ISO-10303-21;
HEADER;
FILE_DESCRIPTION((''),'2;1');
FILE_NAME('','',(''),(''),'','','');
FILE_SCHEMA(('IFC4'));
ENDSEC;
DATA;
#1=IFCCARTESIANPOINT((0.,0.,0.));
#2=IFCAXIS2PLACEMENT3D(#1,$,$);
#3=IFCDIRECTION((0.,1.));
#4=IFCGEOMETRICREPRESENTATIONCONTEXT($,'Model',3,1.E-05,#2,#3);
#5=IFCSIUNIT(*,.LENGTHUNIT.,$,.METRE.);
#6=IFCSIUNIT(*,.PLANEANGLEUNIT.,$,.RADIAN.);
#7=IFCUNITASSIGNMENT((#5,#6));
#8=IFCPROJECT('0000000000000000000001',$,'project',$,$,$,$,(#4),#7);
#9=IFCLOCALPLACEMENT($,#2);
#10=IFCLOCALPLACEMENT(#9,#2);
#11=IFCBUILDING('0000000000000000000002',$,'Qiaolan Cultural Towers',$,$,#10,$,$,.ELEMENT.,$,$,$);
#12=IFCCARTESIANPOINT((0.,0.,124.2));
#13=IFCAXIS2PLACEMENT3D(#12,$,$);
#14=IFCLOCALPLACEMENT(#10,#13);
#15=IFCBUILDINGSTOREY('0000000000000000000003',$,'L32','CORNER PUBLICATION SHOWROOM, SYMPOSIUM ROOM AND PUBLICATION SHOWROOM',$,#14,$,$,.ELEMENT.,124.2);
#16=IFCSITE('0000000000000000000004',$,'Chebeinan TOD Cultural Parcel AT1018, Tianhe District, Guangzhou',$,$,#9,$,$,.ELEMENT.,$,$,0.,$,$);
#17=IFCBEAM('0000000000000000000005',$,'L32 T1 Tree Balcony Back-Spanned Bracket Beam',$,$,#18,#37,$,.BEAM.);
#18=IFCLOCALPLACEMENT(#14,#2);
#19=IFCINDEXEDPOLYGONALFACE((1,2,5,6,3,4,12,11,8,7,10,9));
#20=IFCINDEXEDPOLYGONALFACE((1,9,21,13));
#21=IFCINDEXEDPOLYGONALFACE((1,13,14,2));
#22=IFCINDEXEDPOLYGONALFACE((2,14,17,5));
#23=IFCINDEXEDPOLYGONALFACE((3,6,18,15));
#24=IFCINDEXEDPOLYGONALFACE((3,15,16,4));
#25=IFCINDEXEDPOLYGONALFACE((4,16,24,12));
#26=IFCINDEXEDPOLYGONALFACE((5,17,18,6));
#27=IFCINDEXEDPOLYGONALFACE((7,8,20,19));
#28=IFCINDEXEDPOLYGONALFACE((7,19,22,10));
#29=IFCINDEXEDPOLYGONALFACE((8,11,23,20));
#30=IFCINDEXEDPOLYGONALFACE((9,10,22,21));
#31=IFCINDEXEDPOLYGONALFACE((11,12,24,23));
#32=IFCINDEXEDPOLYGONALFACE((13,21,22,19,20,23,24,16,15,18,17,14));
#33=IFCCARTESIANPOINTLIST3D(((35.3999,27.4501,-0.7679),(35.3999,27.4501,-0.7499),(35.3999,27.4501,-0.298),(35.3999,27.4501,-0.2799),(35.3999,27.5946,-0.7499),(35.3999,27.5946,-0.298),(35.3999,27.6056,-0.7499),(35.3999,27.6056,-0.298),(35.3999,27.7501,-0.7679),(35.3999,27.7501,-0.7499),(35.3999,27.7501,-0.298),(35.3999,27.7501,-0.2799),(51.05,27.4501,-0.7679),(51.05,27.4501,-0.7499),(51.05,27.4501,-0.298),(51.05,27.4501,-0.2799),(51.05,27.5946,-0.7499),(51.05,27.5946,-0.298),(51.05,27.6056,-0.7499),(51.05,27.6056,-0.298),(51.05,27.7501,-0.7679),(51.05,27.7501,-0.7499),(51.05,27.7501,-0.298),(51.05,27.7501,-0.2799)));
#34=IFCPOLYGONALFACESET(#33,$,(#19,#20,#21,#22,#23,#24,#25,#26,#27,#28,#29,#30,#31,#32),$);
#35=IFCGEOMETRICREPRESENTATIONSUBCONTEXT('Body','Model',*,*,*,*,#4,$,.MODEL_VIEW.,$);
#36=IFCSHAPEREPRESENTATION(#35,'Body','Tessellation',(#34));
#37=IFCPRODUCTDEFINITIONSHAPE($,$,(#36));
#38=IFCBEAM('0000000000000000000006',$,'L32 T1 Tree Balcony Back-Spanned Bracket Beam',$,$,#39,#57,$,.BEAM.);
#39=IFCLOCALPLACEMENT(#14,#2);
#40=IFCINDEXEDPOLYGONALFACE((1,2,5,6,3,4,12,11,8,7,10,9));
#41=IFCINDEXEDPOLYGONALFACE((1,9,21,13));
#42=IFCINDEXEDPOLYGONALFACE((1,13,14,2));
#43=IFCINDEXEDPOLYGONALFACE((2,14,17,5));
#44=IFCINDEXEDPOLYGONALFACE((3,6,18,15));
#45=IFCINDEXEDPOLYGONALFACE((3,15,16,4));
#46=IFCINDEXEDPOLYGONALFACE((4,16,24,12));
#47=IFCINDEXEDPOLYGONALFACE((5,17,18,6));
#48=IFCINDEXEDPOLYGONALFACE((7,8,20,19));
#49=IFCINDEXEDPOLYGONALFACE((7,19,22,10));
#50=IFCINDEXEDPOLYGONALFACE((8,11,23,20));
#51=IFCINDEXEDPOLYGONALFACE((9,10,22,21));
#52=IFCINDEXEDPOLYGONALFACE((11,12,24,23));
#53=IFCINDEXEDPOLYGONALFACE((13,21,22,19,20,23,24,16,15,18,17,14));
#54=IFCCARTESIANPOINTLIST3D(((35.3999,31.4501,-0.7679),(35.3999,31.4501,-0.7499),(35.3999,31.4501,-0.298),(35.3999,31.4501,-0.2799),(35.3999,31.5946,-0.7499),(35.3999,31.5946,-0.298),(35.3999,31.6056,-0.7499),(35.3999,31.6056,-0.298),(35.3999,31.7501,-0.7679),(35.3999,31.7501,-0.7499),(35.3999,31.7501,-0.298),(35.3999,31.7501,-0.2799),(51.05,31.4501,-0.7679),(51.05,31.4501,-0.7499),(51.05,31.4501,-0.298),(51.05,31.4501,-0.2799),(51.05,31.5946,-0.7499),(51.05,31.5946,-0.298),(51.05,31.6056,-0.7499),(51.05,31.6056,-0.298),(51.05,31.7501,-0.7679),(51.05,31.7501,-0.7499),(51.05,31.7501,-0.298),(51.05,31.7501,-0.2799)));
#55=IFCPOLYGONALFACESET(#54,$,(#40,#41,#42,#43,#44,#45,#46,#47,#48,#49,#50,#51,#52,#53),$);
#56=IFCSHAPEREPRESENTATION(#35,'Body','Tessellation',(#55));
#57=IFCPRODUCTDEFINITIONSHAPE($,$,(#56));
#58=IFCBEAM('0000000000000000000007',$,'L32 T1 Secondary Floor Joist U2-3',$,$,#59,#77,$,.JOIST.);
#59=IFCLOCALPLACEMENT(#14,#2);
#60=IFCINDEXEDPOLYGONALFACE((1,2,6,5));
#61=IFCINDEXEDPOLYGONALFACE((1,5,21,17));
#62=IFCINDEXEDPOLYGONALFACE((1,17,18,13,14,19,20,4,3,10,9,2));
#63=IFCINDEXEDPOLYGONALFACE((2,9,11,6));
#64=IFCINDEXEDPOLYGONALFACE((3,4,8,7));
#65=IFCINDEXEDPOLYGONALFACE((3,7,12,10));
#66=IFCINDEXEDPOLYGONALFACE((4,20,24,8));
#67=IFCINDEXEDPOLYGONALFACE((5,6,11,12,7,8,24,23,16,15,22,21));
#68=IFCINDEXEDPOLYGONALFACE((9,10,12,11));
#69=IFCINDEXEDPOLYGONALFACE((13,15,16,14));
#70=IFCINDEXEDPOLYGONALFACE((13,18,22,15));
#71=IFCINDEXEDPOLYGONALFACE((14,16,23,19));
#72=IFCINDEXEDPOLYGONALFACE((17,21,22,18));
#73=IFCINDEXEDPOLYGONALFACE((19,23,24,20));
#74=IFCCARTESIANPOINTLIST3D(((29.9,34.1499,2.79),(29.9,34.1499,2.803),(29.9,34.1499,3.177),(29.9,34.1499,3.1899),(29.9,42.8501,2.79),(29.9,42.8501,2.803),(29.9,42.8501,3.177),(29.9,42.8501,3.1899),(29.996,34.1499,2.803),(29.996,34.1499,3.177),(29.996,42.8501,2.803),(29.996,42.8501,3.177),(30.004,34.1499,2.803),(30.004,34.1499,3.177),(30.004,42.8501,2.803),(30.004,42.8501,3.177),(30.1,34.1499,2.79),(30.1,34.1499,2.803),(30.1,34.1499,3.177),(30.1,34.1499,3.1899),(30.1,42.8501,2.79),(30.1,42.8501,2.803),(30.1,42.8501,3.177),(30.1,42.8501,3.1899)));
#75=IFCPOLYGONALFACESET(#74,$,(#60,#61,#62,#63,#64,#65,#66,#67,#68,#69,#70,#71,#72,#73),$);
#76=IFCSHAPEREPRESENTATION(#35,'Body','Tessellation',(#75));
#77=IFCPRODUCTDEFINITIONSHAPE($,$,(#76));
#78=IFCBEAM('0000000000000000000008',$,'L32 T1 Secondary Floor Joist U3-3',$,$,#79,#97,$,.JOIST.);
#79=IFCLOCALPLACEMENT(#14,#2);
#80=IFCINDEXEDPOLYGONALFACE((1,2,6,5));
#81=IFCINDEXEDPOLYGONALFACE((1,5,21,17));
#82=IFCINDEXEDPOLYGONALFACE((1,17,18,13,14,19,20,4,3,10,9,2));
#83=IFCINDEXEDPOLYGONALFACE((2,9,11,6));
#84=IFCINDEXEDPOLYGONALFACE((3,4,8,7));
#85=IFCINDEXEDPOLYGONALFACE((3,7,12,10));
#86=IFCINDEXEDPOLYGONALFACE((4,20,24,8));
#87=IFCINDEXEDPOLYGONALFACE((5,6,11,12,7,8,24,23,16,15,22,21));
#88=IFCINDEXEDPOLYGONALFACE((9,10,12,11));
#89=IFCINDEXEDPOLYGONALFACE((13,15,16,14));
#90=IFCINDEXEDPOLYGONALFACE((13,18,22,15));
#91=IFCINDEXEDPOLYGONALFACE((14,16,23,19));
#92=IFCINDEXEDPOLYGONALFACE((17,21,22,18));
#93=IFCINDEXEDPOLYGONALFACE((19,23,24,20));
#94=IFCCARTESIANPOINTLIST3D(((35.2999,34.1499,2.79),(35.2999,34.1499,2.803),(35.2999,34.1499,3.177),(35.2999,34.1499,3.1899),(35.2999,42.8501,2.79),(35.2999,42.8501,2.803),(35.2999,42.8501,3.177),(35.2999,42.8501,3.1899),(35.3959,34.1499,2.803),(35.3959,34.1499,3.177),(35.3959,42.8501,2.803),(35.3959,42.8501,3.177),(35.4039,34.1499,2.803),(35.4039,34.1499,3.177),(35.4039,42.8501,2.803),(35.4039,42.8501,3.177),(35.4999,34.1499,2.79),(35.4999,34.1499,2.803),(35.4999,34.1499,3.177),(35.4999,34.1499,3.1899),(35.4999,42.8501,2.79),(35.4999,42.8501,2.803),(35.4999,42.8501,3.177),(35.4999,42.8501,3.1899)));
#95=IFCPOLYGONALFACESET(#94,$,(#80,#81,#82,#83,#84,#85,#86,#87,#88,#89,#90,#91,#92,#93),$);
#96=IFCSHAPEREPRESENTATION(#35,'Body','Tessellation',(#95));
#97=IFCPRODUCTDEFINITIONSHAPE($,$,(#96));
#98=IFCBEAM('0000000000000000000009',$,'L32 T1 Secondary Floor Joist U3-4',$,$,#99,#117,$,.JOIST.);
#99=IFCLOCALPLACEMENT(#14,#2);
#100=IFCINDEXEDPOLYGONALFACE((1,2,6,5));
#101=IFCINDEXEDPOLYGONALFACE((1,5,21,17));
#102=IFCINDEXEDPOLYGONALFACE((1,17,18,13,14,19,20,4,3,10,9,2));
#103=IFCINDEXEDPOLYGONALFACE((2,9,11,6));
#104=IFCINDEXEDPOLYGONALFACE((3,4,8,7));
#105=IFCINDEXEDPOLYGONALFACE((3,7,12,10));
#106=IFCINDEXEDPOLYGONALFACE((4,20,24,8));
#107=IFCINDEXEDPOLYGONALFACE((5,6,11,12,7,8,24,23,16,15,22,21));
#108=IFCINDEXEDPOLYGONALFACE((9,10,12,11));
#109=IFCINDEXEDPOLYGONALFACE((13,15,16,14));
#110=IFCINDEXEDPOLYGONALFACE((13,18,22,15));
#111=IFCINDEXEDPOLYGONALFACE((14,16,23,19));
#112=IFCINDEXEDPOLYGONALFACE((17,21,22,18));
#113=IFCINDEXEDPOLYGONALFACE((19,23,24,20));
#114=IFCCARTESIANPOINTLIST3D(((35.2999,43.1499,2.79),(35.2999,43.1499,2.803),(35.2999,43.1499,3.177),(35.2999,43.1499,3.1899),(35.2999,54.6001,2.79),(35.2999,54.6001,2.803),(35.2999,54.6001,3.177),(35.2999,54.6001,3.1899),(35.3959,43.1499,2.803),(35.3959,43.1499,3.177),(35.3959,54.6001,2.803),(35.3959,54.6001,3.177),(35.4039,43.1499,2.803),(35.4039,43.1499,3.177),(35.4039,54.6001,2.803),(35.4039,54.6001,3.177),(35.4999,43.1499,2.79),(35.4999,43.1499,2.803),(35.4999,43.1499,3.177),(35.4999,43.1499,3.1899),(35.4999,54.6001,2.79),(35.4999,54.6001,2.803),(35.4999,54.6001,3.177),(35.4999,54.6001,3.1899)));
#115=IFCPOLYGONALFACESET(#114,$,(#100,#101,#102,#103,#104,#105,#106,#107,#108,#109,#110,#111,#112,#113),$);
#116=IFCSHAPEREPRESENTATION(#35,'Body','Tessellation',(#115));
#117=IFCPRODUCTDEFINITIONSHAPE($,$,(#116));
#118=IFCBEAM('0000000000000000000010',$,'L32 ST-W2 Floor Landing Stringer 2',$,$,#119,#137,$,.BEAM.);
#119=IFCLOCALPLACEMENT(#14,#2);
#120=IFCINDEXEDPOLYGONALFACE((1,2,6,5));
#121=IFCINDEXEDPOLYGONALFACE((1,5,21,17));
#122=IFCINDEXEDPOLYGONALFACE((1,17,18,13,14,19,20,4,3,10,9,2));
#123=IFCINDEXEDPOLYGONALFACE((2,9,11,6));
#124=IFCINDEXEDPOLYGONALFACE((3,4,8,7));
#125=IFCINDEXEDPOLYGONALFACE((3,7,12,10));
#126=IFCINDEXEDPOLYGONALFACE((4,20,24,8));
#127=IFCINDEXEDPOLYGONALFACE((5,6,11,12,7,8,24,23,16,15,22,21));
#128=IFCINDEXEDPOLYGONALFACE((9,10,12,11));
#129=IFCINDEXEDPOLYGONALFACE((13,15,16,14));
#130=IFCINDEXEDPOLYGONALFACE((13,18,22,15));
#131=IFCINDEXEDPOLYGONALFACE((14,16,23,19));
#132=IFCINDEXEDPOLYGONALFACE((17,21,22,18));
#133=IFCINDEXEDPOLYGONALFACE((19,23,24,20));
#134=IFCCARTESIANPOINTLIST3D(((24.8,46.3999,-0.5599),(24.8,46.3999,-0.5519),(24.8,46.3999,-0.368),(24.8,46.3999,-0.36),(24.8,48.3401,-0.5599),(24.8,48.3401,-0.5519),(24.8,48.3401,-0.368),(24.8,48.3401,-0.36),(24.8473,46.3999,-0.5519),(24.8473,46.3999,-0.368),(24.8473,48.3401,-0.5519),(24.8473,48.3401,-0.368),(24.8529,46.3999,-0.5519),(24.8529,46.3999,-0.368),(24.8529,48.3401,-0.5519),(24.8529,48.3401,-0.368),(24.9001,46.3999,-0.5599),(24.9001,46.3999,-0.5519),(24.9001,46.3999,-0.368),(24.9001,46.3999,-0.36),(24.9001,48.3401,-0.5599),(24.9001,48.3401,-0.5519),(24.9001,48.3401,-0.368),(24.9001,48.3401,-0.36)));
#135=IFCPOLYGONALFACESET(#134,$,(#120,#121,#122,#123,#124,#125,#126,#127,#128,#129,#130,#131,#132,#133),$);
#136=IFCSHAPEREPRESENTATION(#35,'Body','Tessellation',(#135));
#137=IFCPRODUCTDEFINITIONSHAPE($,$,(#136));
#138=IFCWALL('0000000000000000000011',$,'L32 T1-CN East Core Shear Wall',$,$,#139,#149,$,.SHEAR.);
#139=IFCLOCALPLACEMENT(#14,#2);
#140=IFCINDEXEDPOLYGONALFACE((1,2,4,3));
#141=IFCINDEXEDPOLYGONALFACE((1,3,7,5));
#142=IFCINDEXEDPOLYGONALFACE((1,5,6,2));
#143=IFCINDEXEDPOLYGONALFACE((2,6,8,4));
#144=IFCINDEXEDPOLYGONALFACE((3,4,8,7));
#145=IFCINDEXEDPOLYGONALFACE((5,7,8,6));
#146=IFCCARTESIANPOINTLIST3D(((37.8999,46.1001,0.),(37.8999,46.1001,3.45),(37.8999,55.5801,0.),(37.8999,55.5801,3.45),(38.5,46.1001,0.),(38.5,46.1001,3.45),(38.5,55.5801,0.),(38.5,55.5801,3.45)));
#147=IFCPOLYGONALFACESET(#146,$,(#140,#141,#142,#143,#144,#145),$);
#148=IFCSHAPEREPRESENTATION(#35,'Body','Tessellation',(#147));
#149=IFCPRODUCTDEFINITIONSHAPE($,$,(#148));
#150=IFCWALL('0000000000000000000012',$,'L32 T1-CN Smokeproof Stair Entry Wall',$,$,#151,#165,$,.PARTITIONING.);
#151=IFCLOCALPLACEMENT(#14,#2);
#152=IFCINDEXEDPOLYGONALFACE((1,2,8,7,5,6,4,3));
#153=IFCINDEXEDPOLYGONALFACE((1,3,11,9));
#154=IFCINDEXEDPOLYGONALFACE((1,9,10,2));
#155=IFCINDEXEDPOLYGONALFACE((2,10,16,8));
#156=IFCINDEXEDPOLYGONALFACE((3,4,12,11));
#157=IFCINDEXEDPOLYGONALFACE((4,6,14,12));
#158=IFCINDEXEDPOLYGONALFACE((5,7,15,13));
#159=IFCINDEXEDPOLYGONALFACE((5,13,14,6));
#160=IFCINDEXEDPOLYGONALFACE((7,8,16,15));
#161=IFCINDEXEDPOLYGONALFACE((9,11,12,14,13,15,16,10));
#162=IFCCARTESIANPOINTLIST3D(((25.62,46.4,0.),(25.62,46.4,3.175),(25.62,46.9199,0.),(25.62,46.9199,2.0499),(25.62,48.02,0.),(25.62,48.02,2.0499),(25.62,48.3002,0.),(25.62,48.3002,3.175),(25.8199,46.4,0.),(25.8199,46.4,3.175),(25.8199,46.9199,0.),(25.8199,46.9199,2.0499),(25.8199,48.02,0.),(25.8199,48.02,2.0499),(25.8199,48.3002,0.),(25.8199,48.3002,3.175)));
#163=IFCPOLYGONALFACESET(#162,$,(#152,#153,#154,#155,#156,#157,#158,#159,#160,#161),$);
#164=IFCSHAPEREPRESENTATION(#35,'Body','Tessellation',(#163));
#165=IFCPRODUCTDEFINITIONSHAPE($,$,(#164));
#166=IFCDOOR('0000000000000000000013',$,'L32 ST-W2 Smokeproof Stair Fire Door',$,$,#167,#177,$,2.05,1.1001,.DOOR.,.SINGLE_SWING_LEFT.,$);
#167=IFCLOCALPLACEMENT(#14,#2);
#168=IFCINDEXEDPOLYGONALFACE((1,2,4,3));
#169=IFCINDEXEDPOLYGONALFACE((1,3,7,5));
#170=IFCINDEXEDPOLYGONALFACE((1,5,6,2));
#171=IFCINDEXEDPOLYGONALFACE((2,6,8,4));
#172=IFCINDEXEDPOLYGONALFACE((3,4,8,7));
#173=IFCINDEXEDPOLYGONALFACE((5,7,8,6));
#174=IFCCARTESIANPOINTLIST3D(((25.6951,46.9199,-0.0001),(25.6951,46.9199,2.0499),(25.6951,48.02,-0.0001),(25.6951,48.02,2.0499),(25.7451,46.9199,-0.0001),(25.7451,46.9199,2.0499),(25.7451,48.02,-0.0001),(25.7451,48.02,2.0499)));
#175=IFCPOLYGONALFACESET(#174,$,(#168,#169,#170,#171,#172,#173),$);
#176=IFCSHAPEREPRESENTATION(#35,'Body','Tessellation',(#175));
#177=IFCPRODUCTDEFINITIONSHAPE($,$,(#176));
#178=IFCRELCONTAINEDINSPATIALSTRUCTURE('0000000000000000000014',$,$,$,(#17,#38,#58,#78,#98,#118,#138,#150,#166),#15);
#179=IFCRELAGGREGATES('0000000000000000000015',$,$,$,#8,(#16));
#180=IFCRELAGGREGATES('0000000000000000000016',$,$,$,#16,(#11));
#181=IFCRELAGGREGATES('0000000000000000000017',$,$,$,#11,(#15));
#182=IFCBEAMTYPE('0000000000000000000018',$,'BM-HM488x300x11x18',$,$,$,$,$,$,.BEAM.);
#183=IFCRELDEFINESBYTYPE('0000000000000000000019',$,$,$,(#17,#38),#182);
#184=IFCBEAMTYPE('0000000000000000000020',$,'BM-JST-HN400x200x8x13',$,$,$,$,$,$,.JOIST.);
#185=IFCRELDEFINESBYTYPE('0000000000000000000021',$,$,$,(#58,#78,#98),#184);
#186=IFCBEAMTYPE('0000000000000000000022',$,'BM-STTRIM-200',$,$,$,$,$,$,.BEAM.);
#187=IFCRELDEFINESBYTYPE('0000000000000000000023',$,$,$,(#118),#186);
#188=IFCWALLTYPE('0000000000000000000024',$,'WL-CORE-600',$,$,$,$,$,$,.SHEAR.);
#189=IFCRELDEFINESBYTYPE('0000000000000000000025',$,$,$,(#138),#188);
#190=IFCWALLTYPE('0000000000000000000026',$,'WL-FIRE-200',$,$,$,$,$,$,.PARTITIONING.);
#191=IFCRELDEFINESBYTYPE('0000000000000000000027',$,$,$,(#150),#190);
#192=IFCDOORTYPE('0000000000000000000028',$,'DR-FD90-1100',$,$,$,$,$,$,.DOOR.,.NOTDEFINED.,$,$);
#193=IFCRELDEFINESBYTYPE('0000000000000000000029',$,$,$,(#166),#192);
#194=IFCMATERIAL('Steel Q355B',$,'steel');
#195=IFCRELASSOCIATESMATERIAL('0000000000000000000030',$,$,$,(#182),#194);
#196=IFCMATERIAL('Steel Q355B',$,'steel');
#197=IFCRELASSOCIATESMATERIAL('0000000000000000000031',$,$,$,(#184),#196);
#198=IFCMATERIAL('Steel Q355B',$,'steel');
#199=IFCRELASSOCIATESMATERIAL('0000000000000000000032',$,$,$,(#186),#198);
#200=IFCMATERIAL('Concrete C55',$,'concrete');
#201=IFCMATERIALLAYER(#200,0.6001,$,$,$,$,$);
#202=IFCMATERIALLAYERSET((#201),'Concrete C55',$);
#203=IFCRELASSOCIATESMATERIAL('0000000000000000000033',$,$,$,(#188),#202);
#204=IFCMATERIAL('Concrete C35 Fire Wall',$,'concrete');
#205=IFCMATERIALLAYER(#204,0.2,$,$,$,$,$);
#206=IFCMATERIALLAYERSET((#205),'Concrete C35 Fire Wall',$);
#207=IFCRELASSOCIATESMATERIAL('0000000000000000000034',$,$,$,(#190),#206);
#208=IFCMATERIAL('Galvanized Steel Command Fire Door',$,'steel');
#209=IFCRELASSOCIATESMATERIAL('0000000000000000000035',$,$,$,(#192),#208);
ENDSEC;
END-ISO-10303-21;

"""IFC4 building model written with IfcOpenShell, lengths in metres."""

from ifc_helpers import new_model, si_unit, direction, frame, frame_2d, origin, origin_2d, place, context, subcontext, project, spatial, rectangle, i_section, extrude, material, layer, layer_set, material_profile, profile_set, type_object, element, fill, save


model = new_model("IFC4")

# Units and contexts
model_context = context("Model", 3, precision=1e-05, world=origin(), true_north=direction((0.0, 1.0)))
body_context = subcontext(model_context, "Body", "Model", "MODEL_VIEW")
ifc_project = project(units=[si_unit("LENGTHUNIT", "METRE"), si_unit("PLANEANGLEUNIT", "RADIAN")], contexts=[model_context])

# Site, building, storey
site_placement = place(None, origin())
site = spatial("IfcSite", under=ifc_project, at=site_placement, Name="Chebeinan TOD Cultural Parcel AT1018, Tianhe District, Guangzhou", CompositionType="ELEMENT", RefElevation=0.0)
building_placement = place(site_placement, origin())
building = spatial("IfcBuilding", under=site, at=building_placement, Name="Qiaolan Cultural Towers", CompositionType="ELEMENT")
storey_placement = place(building_placement, frame((0.0, 0.0, 124.2)))
storey = spatial("IfcBuildingStorey", under=building, at=storey_placement, Name="L32", Description="CORNER PUBLICATION SHOWROOM, SYMPOSIUM ROOM AND PUBLICATION SHOWROOM", CompositionType="ELEMENT", Elevation=124.2)

# Beams
ifc_material_1 = material(Name="Steel Q355B", Category="steel")
ifc_material_profile_1 = material_profile(ifc_material_1, i_section(OverallWidth=0.3, OverallDepth=0.488, WebThickness=0.011, FlangeThickness=0.0181, at=origin_2d()), Name="HM488x300x11x18")
ifc_profile_set_1 = profile_set([ifc_material_profile_1], Name="Steel Q355B")
beam_type_1 = type_object("IfcBeamType", Name="BM-HM488x300x11x18", PredefinedType="BEAM", material=ifc_profile_set_1)
for number, where, z_axis, x_axis, name in (
    (1, (35.3999, 27.6001, -0.5239), (1.0, 0.0, 0.0), (0.0, 1.0, 0.0), "L32 T1 Tree Balcony Back-Spanned Bracket Beam"),
    (2, (35.3999, 31.6001, -0.5239), (1.0, 0.0, 0.0), (0.0, 1.0, 0.0), "L32 T1 Tree Balcony Back-Spanned Bracket Beam"),
):
    element("IfcBeam", number, at=place(storey_placement, frame(where, z_axis=z_axis, x_axis=x_axis)), inside=storey, type_object=beam_type_1, Name=name, PredefinedType="BEAM", context=body_context, shape_type="SweptSolid", body=[
        extrude(i_section(OverallWidth=0.3, OverallDepth=0.488, WebThickness=0.011, FlangeThickness=0.0181, at=origin_2d()), origin(), (0.0, 0.0, 1.0), 15.6501),
    ])
ifc_material_2 = material(Name="Steel Q355B", Category="steel")
ifc_material_profile_2 = material_profile(ifc_material_2, i_section(OverallWidth=0.2, OverallDepth=0.3999, WebThickness=0.0081, FlangeThickness=0.0129, at=origin_2d()), Name="HN400x200x8x13")
ifc_profile_set_2 = profile_set([ifc_material_profile_2], Name="Steel Q355B")
beam_type_2 = type_object("IfcBeamType", Name="BM-JST-HN400x200x8x13", PredefinedType="JOIST", material=ifc_profile_set_2)
for number, where, z_axis, x_axis, name in (
    (3, (30.0, 34.1499, 2.99), (0.0, 1.0, 0.0), (-1.0, 0.0, 0.0), "L32 T1 Secondary Floor Joist U2-3"),
    (4, (35.3999, 34.1499, 2.99), (0.0, 1.0, 0.0), (-1.0, 0.0, 0.0), "L32 T1 Secondary Floor Joist U3-3"),
):
    element("IfcBeam", number, at=place(storey_placement, frame(where, z_axis=z_axis, x_axis=x_axis)), inside=storey, type_object=beam_type_2, Name=name, PredefinedType="JOIST", context=body_context, shape_type="SweptSolid", body=[
        extrude(i_section(OverallWidth=0.2, OverallDepth=0.3999, WebThickness=0.0081, FlangeThickness=0.0129, at=origin_2d()), origin(), (0.0, 0.0, 1.0), 8.7002),
    ])
beam_1_placement = place(storey_placement, frame((35.3999, 43.1499, 2.99), z_axis=(0.0, 1.0, 0.0), x_axis=(-1.0, 0.0, 0.0)))
element("IfcBeam", 5, at=beam_1_placement, inside=storey, type_object=beam_type_2, Name="L32 T1 Secondary Floor Joist U3-4", PredefinedType="JOIST", context=body_context, shape_type="SweptSolid", body=[
    extrude(i_section(OverallWidth=0.2, OverallDepth=0.3999, WebThickness=0.0081, FlangeThickness=0.0129, at=origin_2d()), origin(), (0.0, 0.0, 1.0), 11.4502),
])
ifc_material_3 = material(Name="Steel Q355B", Category="steel")
ifc_material_profile_3 = material_profile(ifc_material_3, i_section(OverallWidth=0.1001, OverallDepth=0.2, WebThickness=0.0056, FlangeThickness=0.0081, at=origin_2d()), Name="HN200x100x5.5x8")
ifc_profile_set_3 = profile_set([ifc_material_profile_3], Name="Steel Q355B")
beam_type_3 = type_object("IfcBeamType", Name="BM-STTRIM-200", PredefinedType="BEAM", material=ifc_profile_set_3)
beam_2_placement = place(storey_placement, frame((24.8501, 46.3999, -0.46), z_axis=(0.0, 1.0, 0.0), x_axis=(-1.0, 0.0, 0.0)))
element("IfcBeam", 6, at=beam_2_placement, inside=storey, type_object=beam_type_3, Name="L32 ST-W2 Floor Landing Stringer 2", PredefinedType="BEAM", context=body_context, shape_type="SweptSolid", body=[
    extrude(i_section(OverallWidth=0.1001, OverallDepth=0.2, WebThickness=0.0056, FlangeThickness=0.0081, at=origin_2d()), origin(), (0.0, 0.0, 1.0), 1.9402),
])

# Wall
ifc_material_4 = material(Name="Concrete C55", Category="concrete")
ifc_layer_1 = layer(ifc_material_4, 0.6001)
ifc_layer_set_1 = layer_set([ifc_layer_1], Name="Concrete C55")
wall_type_1 = type_object("IfcWallType", Name="WL-CORE-600", PredefinedType="SHEAR", material=ifc_layer_set_1)
wall_1_placement = place(storey_placement, frame((38.2, 46.1001, 0.0), z_axis=(0.0, 0.0, 1.0), x_axis=(0.0, 1.0, 0.0)))
element("IfcWall", 7, at=wall_1_placement, inside=storey, type_object=wall_type_1, Name="L32 T1-CN East Core Shear Wall", PredefinedType="SHEAR", context=body_context, shape_type="SweptSolid", body=[
    extrude(rectangle(XDim=9.48, YDim=0.6001, at=frame_2d((4.74, 0.0))), origin(), (0.0, 0.0, 1.0), 3.45),
])

# Wall, opening, door
ifc_material_5 = material(Name="Concrete C35 Fire Wall", Category="concrete")
ifc_layer_2 = layer(ifc_material_5, 0.2)
ifc_layer_set_2 = layer_set([ifc_layer_2], Name="Concrete C35 Fire Wall")
wall_type_2 = type_object("IfcWallType", Name="WL-FIRE-200", PredefinedType="PARTITIONING", material=ifc_layer_set_2)
wall_2_placement = place(storey_placement, frame((25.72, 46.3999, 0.0), z_axis=(0.0, 0.0, 1.0), x_axis=(0.0, 1.0, 0.0)))
wall_2 = element("IfcWall", 8, at=wall_2_placement, inside=storey, type_object=wall_type_2, Name="L32 T1-CN Smokeproof Stair Entry Wall", PredefinedType="PARTITIONING", context=body_context, shape_type="SweptSolid", body=[
    extrude(rectangle(XDim=1.9001, YDim=0.2, at=frame_2d((0.9502, 0.0))), origin(), (0.0, 0.0, 1.0), 3.175),
])
opening_1_placement = place(wall_2_placement, frame((0.52, 0.0, 0.0)))
opening_1 = element("IfcOpeningElement", 9, at=opening_1_placement, cuts=wall_2, PredefinedType="OPENING", context=body_context, shape_type="SweptSolid", body=[
    extrude(rectangle(XDim=1.1001, YDim=2.05, at=frame_2d((0.55, 1.0249))), frame((0.0, 0.1099, 0.0), z_axis=(0.0, -1.0, 0.0), x_axis=(1.0, 0.0, 0.0)), (0.0, 0.0, 1.0), 0.22),
])
ifc_material_6 = material(Name="Galvanized Steel Command Fire Door", Category="steel")
door_type_1 = type_object("IfcDoorType", Name="DR-FD90-1100", OperationType="NOTDEFINED", PredefinedType="DOOR", material=ifc_material_6)
door_1_placement = place(opening_1_placement, origin())
door_1 = element("IfcDoor", 10, at=door_1_placement, inside=storey, type_object=door_type_1, Name="L32 ST-W2 Smokeproof Stair Fire Door", OperationType="SINGLE_SWING_LEFT", OverallHeight=2.05, OverallWidth=1.1001, PredefinedType="DOOR", context=body_context, shape_type="SweptSolid", body=[
    extrude(rectangle(XDim=1.1001, YDim=2.05, at=frame_2d((0.55, 1.0249))), frame((0.0, 0.0249, 0.0), z_axis=(0.0, -1.0, 0.0), x_axis=(1.0, 0.0, 0.0)), (0.0, 0.0, 1.0), 0.05),
])
fill(opening_1, door_1)

save(model, "model.ifc")
